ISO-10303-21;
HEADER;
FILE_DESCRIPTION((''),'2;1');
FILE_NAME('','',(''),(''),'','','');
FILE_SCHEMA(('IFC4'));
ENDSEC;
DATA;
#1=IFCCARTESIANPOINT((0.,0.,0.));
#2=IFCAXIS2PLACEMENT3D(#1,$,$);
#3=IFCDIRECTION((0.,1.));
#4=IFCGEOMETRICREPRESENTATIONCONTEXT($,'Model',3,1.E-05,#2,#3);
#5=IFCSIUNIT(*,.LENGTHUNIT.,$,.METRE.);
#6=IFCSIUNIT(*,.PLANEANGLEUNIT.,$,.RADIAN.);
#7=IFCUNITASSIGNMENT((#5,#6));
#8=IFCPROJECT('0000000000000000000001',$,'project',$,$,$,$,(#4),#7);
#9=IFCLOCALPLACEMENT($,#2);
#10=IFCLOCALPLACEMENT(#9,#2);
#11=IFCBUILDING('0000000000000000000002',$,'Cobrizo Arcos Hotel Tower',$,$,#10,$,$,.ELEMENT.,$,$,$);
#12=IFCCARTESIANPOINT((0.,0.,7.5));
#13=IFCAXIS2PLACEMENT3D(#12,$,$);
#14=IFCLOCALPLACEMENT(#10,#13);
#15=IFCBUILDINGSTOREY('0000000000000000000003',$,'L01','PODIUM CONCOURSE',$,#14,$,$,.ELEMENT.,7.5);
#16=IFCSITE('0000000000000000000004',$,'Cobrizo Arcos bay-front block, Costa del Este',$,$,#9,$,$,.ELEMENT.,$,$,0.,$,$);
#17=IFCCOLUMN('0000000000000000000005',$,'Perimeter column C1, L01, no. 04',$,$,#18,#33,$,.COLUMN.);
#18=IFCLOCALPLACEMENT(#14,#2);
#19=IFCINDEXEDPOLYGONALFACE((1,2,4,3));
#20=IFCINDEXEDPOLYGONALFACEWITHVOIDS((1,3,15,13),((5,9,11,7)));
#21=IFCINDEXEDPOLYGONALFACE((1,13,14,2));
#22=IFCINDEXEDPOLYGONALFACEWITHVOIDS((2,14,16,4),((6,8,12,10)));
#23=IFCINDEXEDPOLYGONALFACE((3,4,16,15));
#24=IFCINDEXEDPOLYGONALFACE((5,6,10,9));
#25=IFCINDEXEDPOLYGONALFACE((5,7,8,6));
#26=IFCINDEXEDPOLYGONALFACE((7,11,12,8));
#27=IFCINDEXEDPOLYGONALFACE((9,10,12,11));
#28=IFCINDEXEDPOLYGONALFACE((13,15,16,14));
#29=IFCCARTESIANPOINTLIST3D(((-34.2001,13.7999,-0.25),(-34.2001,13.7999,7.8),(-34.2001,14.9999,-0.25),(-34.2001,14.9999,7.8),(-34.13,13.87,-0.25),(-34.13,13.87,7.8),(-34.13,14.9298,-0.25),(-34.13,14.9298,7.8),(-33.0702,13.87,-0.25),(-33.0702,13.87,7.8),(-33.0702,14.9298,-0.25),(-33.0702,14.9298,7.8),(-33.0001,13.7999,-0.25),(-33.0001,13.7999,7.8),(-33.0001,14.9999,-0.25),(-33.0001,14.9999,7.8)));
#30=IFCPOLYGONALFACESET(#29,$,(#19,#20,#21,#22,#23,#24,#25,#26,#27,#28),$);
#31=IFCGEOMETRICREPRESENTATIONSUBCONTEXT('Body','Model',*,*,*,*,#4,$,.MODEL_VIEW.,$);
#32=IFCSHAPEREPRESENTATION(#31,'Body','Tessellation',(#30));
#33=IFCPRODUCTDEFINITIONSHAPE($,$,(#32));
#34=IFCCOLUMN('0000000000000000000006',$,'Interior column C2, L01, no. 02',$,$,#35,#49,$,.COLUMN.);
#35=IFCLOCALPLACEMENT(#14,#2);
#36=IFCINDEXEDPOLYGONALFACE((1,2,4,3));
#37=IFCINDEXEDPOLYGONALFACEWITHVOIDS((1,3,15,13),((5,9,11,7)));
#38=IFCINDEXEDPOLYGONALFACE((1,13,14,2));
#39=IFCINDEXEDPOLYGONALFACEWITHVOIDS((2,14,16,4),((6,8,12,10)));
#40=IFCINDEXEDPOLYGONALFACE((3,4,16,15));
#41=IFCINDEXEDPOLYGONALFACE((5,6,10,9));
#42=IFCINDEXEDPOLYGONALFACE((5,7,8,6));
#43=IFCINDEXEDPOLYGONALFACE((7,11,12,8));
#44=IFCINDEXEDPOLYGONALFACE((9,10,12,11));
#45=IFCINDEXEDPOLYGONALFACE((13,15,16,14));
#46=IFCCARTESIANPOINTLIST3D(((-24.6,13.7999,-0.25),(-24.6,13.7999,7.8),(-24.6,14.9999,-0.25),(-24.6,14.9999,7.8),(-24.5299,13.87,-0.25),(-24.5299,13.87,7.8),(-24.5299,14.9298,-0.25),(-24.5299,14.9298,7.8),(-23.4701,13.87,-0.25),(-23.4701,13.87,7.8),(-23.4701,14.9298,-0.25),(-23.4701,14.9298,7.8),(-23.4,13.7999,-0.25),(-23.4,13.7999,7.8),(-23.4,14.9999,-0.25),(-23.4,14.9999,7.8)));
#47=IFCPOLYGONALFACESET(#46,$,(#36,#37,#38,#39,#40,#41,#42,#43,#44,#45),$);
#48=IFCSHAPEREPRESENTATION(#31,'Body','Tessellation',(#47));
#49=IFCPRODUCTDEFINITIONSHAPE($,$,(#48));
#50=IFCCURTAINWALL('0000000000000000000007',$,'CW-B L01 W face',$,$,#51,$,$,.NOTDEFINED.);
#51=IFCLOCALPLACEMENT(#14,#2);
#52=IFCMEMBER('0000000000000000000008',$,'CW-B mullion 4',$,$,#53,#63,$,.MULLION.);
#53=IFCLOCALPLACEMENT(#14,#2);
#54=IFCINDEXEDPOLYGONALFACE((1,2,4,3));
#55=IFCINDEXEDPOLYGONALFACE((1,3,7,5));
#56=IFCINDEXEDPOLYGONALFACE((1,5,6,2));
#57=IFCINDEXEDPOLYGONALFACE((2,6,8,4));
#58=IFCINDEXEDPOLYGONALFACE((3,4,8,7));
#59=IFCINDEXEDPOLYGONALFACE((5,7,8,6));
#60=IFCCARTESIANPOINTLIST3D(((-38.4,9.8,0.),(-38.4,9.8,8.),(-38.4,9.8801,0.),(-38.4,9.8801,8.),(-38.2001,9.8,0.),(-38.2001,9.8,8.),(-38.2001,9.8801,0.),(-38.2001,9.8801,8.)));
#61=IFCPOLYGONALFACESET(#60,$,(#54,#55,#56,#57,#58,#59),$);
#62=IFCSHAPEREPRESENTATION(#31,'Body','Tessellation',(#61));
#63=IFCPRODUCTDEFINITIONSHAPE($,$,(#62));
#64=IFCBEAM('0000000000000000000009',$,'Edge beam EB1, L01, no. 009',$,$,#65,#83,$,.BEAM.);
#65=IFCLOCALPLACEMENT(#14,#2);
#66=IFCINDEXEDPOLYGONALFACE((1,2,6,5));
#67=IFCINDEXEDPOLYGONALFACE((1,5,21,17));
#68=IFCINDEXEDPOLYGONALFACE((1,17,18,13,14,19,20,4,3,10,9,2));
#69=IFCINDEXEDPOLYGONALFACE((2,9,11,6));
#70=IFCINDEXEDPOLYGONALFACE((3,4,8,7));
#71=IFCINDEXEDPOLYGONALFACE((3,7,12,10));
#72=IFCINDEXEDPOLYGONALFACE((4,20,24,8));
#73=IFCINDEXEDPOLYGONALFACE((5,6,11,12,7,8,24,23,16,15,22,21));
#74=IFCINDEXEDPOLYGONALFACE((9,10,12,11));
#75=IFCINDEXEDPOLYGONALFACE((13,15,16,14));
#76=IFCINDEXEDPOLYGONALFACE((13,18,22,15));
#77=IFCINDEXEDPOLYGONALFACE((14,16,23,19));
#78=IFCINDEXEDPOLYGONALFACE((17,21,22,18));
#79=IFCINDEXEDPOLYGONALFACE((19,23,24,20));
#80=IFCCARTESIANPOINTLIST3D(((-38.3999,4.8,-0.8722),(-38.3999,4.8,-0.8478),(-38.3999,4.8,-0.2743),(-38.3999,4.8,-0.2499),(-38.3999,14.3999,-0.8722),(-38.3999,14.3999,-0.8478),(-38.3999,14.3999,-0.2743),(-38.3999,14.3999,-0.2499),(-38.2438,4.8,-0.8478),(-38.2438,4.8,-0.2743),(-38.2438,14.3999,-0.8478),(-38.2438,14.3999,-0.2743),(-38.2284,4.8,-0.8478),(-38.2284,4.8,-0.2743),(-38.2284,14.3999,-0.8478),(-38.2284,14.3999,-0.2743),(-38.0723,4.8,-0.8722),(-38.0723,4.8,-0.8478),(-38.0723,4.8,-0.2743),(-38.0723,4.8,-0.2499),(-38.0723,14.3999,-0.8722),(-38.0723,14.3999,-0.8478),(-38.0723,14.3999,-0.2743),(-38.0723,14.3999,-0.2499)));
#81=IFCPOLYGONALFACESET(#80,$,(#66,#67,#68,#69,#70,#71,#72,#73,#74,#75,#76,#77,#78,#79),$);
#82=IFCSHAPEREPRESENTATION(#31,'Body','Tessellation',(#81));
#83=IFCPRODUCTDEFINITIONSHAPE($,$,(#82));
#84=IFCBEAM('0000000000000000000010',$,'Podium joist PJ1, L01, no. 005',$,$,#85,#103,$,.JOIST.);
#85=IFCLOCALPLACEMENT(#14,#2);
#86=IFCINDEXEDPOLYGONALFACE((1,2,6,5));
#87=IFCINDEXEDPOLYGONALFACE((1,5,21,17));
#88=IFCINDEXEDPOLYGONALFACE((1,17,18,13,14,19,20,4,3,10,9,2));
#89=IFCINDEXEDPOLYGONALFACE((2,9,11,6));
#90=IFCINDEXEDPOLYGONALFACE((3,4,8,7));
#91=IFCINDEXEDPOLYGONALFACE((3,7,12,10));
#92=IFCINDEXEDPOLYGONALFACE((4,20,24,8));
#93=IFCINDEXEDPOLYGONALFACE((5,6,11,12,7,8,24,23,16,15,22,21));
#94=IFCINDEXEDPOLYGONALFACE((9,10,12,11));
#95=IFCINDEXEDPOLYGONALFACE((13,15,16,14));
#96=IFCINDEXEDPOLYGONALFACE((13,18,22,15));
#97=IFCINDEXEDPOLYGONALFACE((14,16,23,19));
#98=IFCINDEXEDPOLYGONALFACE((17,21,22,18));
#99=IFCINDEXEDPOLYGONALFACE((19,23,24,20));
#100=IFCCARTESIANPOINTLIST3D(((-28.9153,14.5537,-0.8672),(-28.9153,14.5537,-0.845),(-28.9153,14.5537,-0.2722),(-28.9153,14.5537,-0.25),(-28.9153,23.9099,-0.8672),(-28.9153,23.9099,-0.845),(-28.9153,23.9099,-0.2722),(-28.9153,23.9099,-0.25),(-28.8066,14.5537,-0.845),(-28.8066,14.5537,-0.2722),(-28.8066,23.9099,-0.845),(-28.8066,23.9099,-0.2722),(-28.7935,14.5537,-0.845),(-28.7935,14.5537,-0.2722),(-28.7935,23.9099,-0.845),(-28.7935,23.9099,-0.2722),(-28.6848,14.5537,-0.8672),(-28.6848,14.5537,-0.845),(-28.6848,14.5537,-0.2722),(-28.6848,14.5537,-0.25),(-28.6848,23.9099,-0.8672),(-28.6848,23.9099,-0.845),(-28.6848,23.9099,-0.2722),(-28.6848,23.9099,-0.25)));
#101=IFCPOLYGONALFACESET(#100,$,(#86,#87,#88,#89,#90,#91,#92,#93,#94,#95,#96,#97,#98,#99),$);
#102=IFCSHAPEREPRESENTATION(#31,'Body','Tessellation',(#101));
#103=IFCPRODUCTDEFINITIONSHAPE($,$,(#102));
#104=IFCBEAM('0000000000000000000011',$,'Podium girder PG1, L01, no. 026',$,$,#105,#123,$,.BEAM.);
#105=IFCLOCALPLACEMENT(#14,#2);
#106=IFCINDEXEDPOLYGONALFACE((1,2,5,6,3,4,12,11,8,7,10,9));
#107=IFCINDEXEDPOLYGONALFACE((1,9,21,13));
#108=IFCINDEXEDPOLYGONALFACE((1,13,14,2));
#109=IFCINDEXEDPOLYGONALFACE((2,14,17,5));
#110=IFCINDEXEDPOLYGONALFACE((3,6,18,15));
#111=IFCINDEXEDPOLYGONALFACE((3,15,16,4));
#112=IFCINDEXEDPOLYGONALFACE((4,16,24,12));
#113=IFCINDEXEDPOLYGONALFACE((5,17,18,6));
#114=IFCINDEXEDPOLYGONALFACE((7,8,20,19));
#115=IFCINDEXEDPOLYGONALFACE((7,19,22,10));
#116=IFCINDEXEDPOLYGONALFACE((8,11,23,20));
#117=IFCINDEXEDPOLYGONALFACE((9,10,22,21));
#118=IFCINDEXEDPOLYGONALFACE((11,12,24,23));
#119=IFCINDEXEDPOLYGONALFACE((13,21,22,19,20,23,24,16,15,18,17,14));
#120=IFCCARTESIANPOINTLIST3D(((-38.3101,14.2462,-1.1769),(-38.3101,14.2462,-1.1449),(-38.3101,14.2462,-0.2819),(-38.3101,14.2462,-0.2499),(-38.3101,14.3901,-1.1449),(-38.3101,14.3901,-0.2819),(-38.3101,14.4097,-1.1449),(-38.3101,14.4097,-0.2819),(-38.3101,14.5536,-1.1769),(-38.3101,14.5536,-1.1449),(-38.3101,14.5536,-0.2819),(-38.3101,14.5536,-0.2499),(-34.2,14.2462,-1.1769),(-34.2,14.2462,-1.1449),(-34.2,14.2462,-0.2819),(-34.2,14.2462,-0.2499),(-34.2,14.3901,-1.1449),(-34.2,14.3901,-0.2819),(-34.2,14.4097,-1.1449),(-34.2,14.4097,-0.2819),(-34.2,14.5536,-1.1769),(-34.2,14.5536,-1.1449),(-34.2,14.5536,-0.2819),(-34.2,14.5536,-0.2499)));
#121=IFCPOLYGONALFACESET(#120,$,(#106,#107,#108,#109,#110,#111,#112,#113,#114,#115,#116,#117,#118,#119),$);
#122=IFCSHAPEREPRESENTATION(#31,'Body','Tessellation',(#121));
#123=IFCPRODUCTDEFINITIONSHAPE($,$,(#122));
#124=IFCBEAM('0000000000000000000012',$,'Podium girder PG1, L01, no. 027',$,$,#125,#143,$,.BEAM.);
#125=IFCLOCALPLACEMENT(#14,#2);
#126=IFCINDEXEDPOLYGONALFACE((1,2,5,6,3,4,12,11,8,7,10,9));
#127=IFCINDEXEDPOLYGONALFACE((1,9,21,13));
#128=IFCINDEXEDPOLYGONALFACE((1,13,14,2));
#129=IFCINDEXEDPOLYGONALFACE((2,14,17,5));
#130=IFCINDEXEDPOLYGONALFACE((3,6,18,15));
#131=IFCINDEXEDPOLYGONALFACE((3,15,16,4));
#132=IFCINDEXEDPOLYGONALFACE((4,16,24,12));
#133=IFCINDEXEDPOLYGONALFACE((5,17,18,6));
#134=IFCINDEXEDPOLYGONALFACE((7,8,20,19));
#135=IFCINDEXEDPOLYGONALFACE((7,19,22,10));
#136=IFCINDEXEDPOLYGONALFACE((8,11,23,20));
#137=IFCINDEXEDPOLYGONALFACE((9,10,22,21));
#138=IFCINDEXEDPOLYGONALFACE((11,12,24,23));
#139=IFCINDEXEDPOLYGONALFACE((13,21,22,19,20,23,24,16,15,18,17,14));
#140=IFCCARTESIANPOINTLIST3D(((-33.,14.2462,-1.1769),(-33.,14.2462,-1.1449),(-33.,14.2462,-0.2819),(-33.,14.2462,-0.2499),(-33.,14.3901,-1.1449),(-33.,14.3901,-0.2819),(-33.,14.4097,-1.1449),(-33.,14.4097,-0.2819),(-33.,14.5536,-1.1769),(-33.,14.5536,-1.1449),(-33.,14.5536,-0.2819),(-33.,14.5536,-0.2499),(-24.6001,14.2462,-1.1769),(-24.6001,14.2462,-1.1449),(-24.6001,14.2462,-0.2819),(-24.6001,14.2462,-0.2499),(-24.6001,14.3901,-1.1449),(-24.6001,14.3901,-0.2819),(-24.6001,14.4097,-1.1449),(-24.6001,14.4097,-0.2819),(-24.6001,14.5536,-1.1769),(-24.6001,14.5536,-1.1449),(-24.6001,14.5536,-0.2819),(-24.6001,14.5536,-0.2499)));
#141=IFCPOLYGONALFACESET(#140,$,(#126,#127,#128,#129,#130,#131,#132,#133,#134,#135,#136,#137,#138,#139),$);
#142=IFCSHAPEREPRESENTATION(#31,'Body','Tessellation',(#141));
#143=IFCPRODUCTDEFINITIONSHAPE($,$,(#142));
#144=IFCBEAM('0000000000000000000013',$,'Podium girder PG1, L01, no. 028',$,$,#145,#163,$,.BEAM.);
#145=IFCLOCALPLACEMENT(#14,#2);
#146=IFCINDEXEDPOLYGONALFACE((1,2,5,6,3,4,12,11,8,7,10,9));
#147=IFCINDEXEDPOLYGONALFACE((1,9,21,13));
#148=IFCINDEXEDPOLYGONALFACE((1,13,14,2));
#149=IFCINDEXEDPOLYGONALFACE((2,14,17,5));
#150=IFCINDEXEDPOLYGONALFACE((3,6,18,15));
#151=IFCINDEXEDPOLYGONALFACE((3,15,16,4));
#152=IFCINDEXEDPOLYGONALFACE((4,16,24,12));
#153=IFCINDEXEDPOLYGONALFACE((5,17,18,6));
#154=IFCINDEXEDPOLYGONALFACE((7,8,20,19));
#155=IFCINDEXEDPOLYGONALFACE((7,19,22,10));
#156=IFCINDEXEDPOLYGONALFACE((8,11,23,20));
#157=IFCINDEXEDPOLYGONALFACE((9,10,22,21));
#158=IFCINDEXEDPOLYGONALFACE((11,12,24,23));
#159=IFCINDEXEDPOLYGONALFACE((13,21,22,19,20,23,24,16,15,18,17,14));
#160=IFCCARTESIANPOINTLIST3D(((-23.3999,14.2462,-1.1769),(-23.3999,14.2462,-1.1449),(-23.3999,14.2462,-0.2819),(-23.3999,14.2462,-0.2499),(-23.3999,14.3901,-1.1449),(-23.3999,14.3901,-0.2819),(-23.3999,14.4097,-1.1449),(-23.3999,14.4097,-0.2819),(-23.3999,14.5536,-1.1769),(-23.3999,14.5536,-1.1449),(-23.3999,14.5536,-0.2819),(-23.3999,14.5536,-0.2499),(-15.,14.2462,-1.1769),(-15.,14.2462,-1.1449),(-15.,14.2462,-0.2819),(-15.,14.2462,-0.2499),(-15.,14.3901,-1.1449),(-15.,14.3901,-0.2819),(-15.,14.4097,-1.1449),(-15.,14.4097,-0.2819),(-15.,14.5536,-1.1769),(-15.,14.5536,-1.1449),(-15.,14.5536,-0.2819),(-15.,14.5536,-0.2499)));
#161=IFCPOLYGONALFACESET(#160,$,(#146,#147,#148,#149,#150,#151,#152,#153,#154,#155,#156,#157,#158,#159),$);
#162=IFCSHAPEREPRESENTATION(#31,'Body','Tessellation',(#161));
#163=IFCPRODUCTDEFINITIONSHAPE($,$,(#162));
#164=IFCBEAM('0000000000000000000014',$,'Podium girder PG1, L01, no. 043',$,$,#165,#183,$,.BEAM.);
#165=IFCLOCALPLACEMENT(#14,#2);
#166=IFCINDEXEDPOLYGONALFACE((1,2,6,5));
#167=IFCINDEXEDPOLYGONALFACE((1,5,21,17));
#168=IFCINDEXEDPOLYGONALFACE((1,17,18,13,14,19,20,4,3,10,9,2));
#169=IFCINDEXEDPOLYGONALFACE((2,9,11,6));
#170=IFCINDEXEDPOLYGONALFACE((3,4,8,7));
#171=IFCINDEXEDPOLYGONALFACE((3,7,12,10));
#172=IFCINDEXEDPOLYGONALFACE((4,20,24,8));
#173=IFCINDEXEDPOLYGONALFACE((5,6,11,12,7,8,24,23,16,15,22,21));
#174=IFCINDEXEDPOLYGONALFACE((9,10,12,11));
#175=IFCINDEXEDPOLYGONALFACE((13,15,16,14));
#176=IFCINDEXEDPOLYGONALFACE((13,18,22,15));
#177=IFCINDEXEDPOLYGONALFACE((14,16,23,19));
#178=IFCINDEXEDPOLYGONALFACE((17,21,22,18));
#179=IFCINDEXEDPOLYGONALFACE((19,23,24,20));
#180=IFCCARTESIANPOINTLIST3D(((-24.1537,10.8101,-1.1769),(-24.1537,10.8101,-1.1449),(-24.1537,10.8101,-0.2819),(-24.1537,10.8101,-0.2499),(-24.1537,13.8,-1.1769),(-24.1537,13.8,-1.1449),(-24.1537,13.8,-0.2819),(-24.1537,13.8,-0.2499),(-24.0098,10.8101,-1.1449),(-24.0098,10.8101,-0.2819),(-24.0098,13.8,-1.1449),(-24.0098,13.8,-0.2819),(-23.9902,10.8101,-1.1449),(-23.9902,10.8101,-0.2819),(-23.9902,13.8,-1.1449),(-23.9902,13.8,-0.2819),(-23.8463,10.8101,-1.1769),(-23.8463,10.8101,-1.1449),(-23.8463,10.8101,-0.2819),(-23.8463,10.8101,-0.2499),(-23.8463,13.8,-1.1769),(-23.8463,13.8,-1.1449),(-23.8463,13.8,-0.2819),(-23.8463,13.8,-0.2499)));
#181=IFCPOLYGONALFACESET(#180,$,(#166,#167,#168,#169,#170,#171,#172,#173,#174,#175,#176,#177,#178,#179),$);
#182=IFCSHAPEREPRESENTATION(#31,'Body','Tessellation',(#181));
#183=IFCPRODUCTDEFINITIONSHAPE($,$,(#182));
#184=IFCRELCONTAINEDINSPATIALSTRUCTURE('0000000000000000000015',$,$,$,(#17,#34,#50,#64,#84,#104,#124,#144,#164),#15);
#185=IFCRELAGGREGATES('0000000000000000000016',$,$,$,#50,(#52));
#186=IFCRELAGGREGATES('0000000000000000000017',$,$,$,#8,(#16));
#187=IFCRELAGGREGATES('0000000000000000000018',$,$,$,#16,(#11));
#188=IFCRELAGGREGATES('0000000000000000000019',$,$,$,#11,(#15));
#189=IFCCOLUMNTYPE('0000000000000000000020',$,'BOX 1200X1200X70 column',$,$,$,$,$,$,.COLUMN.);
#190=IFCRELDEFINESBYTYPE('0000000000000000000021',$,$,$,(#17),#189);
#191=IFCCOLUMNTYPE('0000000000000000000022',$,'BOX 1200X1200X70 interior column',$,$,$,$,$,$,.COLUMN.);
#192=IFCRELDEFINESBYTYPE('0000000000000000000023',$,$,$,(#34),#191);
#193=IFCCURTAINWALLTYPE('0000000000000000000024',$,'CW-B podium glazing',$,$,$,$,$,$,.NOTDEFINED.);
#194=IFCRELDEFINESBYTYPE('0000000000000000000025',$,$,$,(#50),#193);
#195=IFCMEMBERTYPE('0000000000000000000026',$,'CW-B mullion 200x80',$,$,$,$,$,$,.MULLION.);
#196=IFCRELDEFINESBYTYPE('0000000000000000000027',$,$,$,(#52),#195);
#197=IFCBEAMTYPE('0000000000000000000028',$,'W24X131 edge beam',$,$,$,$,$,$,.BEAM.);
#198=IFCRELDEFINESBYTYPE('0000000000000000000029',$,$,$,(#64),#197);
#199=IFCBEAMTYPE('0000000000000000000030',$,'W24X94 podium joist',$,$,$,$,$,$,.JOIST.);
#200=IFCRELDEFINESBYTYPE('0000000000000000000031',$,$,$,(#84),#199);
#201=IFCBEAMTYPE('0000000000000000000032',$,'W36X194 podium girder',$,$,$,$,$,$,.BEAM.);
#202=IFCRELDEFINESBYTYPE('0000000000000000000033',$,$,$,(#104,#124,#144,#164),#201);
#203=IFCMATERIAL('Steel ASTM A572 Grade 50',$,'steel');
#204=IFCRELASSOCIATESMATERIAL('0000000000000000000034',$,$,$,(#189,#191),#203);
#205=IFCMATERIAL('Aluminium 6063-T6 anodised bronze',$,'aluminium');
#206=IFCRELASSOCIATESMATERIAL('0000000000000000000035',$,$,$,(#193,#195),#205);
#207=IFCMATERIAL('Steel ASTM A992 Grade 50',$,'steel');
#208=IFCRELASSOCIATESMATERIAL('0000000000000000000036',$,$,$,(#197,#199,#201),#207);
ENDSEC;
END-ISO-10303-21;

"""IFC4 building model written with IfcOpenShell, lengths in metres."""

from ifc_helpers import new_model, si_unit, direction, frame, origin, origin_2d, place, context, subcontext, project, spatial, rectangle, hollow_rectangle, i_section, extrude, material, material_profile, profile_set, type_object, element, aggregate, save


model = new_model("IFC4")

# Units and contexts
model_context = context("Model", 3, precision=1e-05, world=origin(), true_north=direction((0.0, 1.0)))
body_context = subcontext(model_context, "Body", "Model", "MODEL_VIEW")
ifc_project = project(units=[si_unit("LENGTHUNIT", "METRE"), si_unit("PLANEANGLEUNIT", "RADIAN")], contexts=[model_context])

# Site, building, storey
site_placement = place(None, origin())
site = spatial("IfcSite", under=ifc_project, at=site_placement, Name="Cobrizo Arcos bay-front block, Costa del Este", CompositionType="ELEMENT", RefElevation=0.0)
building_placement = place(site_placement, origin())
building = spatial("IfcBuilding", under=site, at=building_placement, Name="Cobrizo Arcos Hotel Tower", CompositionType="ELEMENT")
storey_placement = place(building_placement, frame((0.0, 0.0, 7.5)))
storey = spatial("IfcBuildingStorey", under=building, at=storey_placement, Name="L01", Description="PODIUM CONCOURSE", CompositionType="ELEMENT", Elevation=7.5)

# Columns
ifc_material_1 = material(Name="Steel ASTM A572 Grade 50", Category="steel")
ifc_material_profile_1 = material_profile(ifc_material_1, hollow_rectangle(XDim=1.2, YDim=1.2, WallThickness=0.0701, at=origin_2d()), Name="BOX 1200X1200X70")
ifc_profile_set_1 = profile_set([ifc_material_profile_1], Name="Steel ASTM A572 Grade 50")
column_type_1 = type_object("IfcColumnType", Name="BOX 1200X1200X70 column", PredefinedType="COLUMN", material=ifc_profile_set_1)
column_1_placement = place(storey_placement, frame((-33.6001, 14.3999, -0.25), z_axis=(0.0, 0.0, 1.0), x_axis=(1.0, 0.0, 0.0)))
element("IfcColumn", 1, at=column_1_placement, inside=storey, type_object=column_type_1, Name="Perimeter column C1, L01, no. 04", PredefinedType="COLUMN", context=body_context, shape_type="SweptSolid", body=[
    extrude(hollow_rectangle(XDim=1.2, YDim=1.2, WallThickness=0.0701, at=origin_2d()), origin(), (0.0, 0.0, 1.0), 8.05),
])
ifc_material_profile_2 = material_profile(ifc_material_1, hollow_rectangle(XDim=1.2, YDim=1.2, WallThickness=0.0701, at=origin_2d()), Name="BOX 1200X1200X70")
ifc_profile_set_2 = profile_set([ifc_material_profile_2], Name="Steel ASTM A572 Grade 50")
column_type_2 = type_object("IfcColumnType", Name="BOX 1200X1200X70 interior column", PredefinedType="COLUMN", material=ifc_profile_set_2)
column_2_placement = place(storey_placement, frame((-24.0, 14.3999, -0.25), z_axis=(0.0, 0.0, 1.0), x_axis=(1.0, 0.0, 0.0)))
element("IfcColumn", 2, at=column_2_placement, inside=storey, type_object=column_type_2, Name="Interior column C2, L01, no. 02", PredefinedType="COLUMN", context=body_context, shape_type="SweptSolid", body=[
    extrude(hollow_rectangle(XDim=1.2, YDim=1.2, WallThickness=0.0701, at=origin_2d()), origin(), (0.0, 0.0, 1.0), 8.05),
])

# Curtain wall, member
ifc_material_2 = material(Name="Aluminium 6063-T6 anodised bronze", Category="aluminium")
curtain_wall_type = type_object("IfcCurtainWallType", Name="CW-B podium glazing", PredefinedType="NOTDEFINED", material=ifc_material_2)
curtain_wall_placement = place(storey_placement, origin())
curtain_wall = element("IfcCurtainWall", 3, at=curtain_wall_placement, inside=storey, type_object=curtain_wall_type, Name="CW-B L01 W face", PredefinedType="NOTDEFINED")
ifc_material_profile_3 = material_profile(ifc_material_2, rectangle(XDim=0.2, YDim=0.0801, at=origin_2d()), Name="CW-B mullion 200x80")
ifc_profile_set_3 = profile_set([ifc_material_profile_3], Name="Aluminium 6063-T6 anodised bronze")
member_type = type_object("IfcMemberType", Name="CW-B mullion 200x80", PredefinedType="MULLION", material=ifc_profile_set_3)
member_placement = place(storey_placement, frame((-38.3, 9.8401, 0.0), z_axis=(0.0, 0.0, 1.0), x_axis=(-1.0, 0.0, 0.0)))
member = element("IfcMember", 4, at=member_placement, type_object=member_type, Name="CW-B mullion 4", PredefinedType="MULLION", context=body_context, shape_type="SweptSolid", body=[
    extrude(rectangle(XDim=0.2, YDim=0.0801, at=origin_2d()), origin(), (0.0, 0.0, 1.0), 8.0),
])

# Beams
ifc_material_3 = material(Name="Steel ASTM A992 Grade 50", Category="steel")
ifc_material_profile_4 = material_profile(ifc_material_3, i_section(OverallWidth=0.3276, OverallDepth=0.6223, WebThickness=0.0154, FlangeThickness=0.0244, at=origin_2d()), Name="W24X131")
ifc_profile_set_4 = profile_set([ifc_material_profile_4], Name="Steel ASTM A992 Grade 50")
beam_type_1 = type_object("IfcBeamType", Name="W24X131 edge beam", PredefinedType="BEAM", material=ifc_profile_set_4)
beam_1_placement = place(storey_placement, frame((-38.2361, 14.3999, -0.561), z_axis=(0.0, -1.0, 0.0), x_axis=(1.0, 0.0, 0.0)))
element("IfcBeam", 5, at=beam_1_placement, inside=storey, type_object=beam_type_1, Name="Edge beam EB1, L01, no. 009", PredefinedType="BEAM", context=body_context, shape_type="SweptSolid", body=[
    extrude(i_section(OverallWidth=0.3276, OverallDepth=0.6223, WebThickness=0.0154, FlangeThickness=0.0244, at=origin_2d()), origin(), (0.0, 0.0, 1.0), 9.5999),
])
ifc_material_profile_5 = material_profile(ifc_material_3, i_section(OverallWidth=0.2305, OverallDepth=0.6172, WebThickness=0.0132, FlangeThickness=0.0222, at=origin_2d()), Name="W24X94")
ifc_profile_set_5 = profile_set([ifc_material_profile_5], Name="Steel ASTM A992 Grade 50")
beam_type_2 = type_object("IfcBeamType", Name="W24X94 podium joist", PredefinedType="JOIST", material=ifc_profile_set_5)
beam_2_placement = place(storey_placement, frame((-28.8, 14.5537, -0.5586), z_axis=(0.0, 1.0, 0.0), x_axis=(-1.0, 0.0, 0.0)))
element("IfcBeam", 6, at=beam_2_placement, inside=storey, type_object=beam_type_2, Name="Podium joist PJ1, L01, no. 005", PredefinedType="JOIST", context=body_context, shape_type="SweptSolid", body=[
    extrude(i_section(OverallWidth=0.2305, OverallDepth=0.6172, WebThickness=0.0132, FlangeThickness=0.0222, at=origin_2d()), origin(), (0.0, 0.0, 1.0), 9.3562),
])
ifc_material_profile_6 = material_profile(ifc_material_3, i_section(OverallWidth=0.3074, OverallDepth=0.927, WebThickness=0.0195, FlangeThickness=0.032, at=origin_2d()), Name="W36X194")
ifc_profile_set_6 = profile_set([ifc_material_profile_6], Name="Steel ASTM A992 Grade 50")
beam_type_3 = type_object("IfcBeamType", Name="W36X194 podium girder", PredefinedType="BEAM", material=ifc_profile_set_6)
beam_3_placement = place(storey_placement, frame((-38.3101, 14.3999, -0.7134), z_axis=(1.0, 0.0, 0.0), x_axis=(0.0, 1.0, 0.0)))
element("IfcBeam", 7, at=beam_3_placement, inside=storey, type_object=beam_type_3, Name="Podium girder PG1, L01, no. 026", PredefinedType="BEAM", context=body_context, shape_type="SweptSolid", body=[
    extrude(i_section(OverallWidth=0.3074, OverallDepth=0.927, WebThickness=0.0195, FlangeThickness=0.032, at=origin_2d()), origin(), (0.0, 0.0, 1.0), 4.1101),
])
for number, where, z_axis, x_axis, name in (
    (8, (-33.0, 14.3999, -0.7134), (1.0, 0.0, 0.0), (0.0, 1.0, 0.0), "Podium girder PG1, L01, no. 027"),
    (9, (-23.3999, 14.3999, -0.7134), (1.0, 0.0, 0.0), (0.0, 1.0, 0.0), "Podium girder PG1, L01, no. 028"),
):
    element("IfcBeam", number, at=place(storey_placement, frame(where, z_axis=z_axis, x_axis=x_axis)), inside=storey, type_object=beam_type_3, Name=name, PredefinedType="BEAM", context=body_context, shape_type="SweptSolid", body=[
        extrude(i_section(OverallWidth=0.3074, OverallDepth=0.927, WebThickness=0.0195, FlangeThickness=0.032, at=origin_2d()), origin(), (0.0, 0.0, 1.0), 8.3999),
    ])
beam_4_placement = place(storey_placement, frame((-24.0, 10.8101, -0.7134), z_axis=(0.0, 1.0, 0.0), x_axis=(-1.0, 0.0, 0.0)))
element("IfcBeam", 10, at=beam_4_placement, inside=storey, type_object=beam_type_3, Name="Podium girder PG1, L01, no. 043", PredefinedType="BEAM", context=body_context, shape_type="SweptSolid", body=[
    extrude(i_section(OverallWidth=0.3074, OverallDepth=0.927, WebThickness=0.0195, FlangeThickness=0.032, at=origin_2d()), origin(), (0.0, 0.0, 1.0), 2.99),
])

aggregate(curtain_wall, [member])

save(model, "model.ifc")
